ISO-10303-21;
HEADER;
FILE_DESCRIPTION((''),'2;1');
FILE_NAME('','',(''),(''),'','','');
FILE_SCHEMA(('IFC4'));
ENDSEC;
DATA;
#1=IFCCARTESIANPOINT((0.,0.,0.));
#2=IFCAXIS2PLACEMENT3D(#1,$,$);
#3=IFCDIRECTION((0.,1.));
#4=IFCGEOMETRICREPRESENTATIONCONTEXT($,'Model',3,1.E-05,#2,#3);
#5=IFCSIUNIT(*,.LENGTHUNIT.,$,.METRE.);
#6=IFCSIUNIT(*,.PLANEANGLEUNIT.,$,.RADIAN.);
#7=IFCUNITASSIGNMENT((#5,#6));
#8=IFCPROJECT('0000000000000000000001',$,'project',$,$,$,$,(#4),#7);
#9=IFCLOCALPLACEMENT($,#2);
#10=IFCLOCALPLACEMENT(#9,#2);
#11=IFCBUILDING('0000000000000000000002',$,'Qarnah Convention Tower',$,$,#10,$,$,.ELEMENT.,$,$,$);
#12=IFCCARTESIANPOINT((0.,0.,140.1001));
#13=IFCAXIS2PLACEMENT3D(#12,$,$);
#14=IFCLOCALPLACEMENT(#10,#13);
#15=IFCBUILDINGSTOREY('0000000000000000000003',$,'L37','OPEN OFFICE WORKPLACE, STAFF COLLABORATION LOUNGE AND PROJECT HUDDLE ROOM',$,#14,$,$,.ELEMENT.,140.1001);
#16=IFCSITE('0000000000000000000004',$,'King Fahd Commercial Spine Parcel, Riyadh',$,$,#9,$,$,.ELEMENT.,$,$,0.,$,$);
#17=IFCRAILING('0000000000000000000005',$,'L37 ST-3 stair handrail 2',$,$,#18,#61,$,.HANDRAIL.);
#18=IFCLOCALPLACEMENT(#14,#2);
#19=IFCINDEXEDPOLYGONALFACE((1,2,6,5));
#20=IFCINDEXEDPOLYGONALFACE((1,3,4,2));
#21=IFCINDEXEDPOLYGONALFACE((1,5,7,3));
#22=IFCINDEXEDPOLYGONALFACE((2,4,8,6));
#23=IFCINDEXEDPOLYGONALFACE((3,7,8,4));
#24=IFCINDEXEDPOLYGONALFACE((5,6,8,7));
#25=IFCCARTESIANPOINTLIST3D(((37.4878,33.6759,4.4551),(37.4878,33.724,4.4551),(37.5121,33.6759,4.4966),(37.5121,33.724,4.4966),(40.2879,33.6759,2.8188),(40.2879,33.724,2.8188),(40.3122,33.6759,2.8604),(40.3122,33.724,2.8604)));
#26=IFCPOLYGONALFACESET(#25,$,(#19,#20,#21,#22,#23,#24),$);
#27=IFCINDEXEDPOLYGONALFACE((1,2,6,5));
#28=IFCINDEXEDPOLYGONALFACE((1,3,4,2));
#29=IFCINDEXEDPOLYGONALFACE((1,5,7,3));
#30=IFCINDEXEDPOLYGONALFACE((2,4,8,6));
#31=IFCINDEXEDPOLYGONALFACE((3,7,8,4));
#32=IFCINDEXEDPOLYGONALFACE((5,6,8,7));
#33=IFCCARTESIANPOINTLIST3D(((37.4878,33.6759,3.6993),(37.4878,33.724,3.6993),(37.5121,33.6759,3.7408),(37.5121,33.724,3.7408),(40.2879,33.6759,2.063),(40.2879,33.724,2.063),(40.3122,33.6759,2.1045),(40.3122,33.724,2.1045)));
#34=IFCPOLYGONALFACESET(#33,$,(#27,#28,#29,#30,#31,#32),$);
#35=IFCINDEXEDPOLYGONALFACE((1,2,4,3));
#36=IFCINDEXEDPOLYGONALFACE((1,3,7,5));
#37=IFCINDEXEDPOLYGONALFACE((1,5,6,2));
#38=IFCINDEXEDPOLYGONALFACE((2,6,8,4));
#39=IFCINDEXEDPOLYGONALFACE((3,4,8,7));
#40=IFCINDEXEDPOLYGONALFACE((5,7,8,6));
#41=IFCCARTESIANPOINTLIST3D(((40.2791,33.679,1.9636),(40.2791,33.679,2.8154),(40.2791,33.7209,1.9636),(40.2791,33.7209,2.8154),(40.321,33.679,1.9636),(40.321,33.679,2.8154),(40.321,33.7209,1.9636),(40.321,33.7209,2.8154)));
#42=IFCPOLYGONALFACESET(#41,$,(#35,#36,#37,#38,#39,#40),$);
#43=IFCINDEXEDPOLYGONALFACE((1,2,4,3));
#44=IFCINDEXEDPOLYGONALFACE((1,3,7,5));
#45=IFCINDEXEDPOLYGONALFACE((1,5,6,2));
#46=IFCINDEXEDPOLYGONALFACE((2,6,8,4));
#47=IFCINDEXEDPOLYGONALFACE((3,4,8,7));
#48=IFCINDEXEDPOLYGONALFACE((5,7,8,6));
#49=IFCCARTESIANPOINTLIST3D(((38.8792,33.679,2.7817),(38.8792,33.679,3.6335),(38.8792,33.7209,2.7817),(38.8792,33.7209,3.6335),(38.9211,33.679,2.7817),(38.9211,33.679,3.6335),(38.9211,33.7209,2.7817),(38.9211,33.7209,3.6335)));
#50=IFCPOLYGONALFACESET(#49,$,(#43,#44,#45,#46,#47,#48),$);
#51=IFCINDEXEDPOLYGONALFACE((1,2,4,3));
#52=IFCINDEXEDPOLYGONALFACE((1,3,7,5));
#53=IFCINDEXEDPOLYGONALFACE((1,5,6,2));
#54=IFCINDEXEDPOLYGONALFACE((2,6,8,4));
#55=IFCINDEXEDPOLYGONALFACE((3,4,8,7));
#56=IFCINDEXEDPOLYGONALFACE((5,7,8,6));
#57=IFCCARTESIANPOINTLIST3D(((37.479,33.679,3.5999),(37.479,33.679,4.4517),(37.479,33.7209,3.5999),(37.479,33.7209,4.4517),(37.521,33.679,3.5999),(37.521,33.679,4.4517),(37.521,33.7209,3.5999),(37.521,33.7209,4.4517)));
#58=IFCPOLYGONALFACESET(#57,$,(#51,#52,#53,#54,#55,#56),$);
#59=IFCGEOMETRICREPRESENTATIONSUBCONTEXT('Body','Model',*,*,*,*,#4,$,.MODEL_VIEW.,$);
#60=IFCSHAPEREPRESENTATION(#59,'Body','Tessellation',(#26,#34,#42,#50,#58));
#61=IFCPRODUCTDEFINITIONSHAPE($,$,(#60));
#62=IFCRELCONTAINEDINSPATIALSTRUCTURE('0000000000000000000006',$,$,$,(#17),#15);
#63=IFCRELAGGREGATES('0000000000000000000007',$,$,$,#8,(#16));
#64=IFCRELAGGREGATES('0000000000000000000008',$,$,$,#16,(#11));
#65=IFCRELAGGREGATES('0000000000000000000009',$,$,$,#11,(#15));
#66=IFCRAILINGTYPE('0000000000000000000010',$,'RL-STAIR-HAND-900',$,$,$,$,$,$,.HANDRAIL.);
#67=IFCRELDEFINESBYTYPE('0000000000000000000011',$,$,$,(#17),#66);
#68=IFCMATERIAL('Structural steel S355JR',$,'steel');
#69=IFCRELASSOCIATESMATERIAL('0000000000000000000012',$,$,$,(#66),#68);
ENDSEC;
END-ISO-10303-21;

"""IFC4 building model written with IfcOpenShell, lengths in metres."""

from ifc_helpers import new_model, si_unit, direction, frame, origin, origin_2d, place, context, subcontext, project, spatial, rectangle, extrude, material, type_object, element, save


model = new_model("IFC4")

# Units and contexts
model_context = context("Model", 3, precision=1e-05, world=origin(), true_north=direction((0.0, 1.0)))
body_context = subcontext(model_context, "Body", "Model", "MODEL_VIEW")
ifc_project = project(units=[si_unit("LENGTHUNIT", "METRE"), si_unit("PLANEANGLEUNIT", "RADIAN")], contexts=[model_context])

# Site, building, storey
site_placement = place(None, origin())
site = spatial("IfcSite", under=ifc_project, at=site_placement, Name="King Fahd Commercial Spine Parcel, Riyadh", CompositionType="ELEMENT", RefElevation=0.0)
building_placement = place(site_placement, origin())
building = spatial("IfcBuilding", under=site, at=building_placement, Name="Qarnah Convention Tower", CompositionType="ELEMENT")
storey_placement = place(building_placement, frame((0.0, 0.0, 140.1001)))
storey = spatial("IfcBuildingStorey", under=building, at=storey_placement, Name="L37", Description="OPEN OFFICE WORKPLACE, STAFF COLLABORATION LOUNGE AND PROJECT HUDDLE ROOM", CompositionType="ELEMENT", Elevation=140.1001)

# Shared definitions
ifc_material_1 = material(Name="Structural steel S355JR", Category="steel")

# Railing
railing_type_1 = type_object("IfcRailingType", Name="RL-STAIR-HAND-900", PredefinedType="HANDRAIL", material=ifc_material_1)
railing_1_placement = place(storey_placement, frame((40.3, 33.7, 1.9636)))
element("IfcRailing", 1, at=railing_1_placement, inside=storey, type_object=railing_type_1, Name="L37 ST-3 stair handrail 2", PredefinedType="HANDRAIL", context=body_context, shape_type="SweptSolid", body=[
    extrude(rectangle(XDim=0.0481, YDim=0.0481, at=origin_2d()), frame((0.0, 0.0, 0.876), z_axis=(-0.863394, 0.0, 0.504531), x_axis=(0.0, -1.0, 0.0)), (0.0, 0.0, 1.0), 3.2432),
    extrude(rectangle(XDim=0.0481, YDim=0.0481, at=origin_2d()), frame((0.0, 0.0, 0.1201), z_axis=(-0.863394, 0.0, 0.504531), x_axis=(0.0, -1.0, 0.0)), (0.0, 0.0, 1.0), 3.2432),
    extrude(rectangle(XDim=0.042, YDim=0.042, at=origin_2d()), origin(), (0.0, 0.0, 1.0), 0.8518),
    extrude(rectangle(XDim=0.042, YDim=0.042, at=origin_2d()), frame((-1.3999, 0.0, 0.8181)), (0.0, 0.0, 1.0), 0.8518),
    extrude(rectangle(XDim=0.042, YDim=0.042, at=origin_2d()), frame((-2.8, 0.0, 1.6362)), (0.0, 0.0, 1.0), 0.8518),
])

save(model, "model.ifc")
